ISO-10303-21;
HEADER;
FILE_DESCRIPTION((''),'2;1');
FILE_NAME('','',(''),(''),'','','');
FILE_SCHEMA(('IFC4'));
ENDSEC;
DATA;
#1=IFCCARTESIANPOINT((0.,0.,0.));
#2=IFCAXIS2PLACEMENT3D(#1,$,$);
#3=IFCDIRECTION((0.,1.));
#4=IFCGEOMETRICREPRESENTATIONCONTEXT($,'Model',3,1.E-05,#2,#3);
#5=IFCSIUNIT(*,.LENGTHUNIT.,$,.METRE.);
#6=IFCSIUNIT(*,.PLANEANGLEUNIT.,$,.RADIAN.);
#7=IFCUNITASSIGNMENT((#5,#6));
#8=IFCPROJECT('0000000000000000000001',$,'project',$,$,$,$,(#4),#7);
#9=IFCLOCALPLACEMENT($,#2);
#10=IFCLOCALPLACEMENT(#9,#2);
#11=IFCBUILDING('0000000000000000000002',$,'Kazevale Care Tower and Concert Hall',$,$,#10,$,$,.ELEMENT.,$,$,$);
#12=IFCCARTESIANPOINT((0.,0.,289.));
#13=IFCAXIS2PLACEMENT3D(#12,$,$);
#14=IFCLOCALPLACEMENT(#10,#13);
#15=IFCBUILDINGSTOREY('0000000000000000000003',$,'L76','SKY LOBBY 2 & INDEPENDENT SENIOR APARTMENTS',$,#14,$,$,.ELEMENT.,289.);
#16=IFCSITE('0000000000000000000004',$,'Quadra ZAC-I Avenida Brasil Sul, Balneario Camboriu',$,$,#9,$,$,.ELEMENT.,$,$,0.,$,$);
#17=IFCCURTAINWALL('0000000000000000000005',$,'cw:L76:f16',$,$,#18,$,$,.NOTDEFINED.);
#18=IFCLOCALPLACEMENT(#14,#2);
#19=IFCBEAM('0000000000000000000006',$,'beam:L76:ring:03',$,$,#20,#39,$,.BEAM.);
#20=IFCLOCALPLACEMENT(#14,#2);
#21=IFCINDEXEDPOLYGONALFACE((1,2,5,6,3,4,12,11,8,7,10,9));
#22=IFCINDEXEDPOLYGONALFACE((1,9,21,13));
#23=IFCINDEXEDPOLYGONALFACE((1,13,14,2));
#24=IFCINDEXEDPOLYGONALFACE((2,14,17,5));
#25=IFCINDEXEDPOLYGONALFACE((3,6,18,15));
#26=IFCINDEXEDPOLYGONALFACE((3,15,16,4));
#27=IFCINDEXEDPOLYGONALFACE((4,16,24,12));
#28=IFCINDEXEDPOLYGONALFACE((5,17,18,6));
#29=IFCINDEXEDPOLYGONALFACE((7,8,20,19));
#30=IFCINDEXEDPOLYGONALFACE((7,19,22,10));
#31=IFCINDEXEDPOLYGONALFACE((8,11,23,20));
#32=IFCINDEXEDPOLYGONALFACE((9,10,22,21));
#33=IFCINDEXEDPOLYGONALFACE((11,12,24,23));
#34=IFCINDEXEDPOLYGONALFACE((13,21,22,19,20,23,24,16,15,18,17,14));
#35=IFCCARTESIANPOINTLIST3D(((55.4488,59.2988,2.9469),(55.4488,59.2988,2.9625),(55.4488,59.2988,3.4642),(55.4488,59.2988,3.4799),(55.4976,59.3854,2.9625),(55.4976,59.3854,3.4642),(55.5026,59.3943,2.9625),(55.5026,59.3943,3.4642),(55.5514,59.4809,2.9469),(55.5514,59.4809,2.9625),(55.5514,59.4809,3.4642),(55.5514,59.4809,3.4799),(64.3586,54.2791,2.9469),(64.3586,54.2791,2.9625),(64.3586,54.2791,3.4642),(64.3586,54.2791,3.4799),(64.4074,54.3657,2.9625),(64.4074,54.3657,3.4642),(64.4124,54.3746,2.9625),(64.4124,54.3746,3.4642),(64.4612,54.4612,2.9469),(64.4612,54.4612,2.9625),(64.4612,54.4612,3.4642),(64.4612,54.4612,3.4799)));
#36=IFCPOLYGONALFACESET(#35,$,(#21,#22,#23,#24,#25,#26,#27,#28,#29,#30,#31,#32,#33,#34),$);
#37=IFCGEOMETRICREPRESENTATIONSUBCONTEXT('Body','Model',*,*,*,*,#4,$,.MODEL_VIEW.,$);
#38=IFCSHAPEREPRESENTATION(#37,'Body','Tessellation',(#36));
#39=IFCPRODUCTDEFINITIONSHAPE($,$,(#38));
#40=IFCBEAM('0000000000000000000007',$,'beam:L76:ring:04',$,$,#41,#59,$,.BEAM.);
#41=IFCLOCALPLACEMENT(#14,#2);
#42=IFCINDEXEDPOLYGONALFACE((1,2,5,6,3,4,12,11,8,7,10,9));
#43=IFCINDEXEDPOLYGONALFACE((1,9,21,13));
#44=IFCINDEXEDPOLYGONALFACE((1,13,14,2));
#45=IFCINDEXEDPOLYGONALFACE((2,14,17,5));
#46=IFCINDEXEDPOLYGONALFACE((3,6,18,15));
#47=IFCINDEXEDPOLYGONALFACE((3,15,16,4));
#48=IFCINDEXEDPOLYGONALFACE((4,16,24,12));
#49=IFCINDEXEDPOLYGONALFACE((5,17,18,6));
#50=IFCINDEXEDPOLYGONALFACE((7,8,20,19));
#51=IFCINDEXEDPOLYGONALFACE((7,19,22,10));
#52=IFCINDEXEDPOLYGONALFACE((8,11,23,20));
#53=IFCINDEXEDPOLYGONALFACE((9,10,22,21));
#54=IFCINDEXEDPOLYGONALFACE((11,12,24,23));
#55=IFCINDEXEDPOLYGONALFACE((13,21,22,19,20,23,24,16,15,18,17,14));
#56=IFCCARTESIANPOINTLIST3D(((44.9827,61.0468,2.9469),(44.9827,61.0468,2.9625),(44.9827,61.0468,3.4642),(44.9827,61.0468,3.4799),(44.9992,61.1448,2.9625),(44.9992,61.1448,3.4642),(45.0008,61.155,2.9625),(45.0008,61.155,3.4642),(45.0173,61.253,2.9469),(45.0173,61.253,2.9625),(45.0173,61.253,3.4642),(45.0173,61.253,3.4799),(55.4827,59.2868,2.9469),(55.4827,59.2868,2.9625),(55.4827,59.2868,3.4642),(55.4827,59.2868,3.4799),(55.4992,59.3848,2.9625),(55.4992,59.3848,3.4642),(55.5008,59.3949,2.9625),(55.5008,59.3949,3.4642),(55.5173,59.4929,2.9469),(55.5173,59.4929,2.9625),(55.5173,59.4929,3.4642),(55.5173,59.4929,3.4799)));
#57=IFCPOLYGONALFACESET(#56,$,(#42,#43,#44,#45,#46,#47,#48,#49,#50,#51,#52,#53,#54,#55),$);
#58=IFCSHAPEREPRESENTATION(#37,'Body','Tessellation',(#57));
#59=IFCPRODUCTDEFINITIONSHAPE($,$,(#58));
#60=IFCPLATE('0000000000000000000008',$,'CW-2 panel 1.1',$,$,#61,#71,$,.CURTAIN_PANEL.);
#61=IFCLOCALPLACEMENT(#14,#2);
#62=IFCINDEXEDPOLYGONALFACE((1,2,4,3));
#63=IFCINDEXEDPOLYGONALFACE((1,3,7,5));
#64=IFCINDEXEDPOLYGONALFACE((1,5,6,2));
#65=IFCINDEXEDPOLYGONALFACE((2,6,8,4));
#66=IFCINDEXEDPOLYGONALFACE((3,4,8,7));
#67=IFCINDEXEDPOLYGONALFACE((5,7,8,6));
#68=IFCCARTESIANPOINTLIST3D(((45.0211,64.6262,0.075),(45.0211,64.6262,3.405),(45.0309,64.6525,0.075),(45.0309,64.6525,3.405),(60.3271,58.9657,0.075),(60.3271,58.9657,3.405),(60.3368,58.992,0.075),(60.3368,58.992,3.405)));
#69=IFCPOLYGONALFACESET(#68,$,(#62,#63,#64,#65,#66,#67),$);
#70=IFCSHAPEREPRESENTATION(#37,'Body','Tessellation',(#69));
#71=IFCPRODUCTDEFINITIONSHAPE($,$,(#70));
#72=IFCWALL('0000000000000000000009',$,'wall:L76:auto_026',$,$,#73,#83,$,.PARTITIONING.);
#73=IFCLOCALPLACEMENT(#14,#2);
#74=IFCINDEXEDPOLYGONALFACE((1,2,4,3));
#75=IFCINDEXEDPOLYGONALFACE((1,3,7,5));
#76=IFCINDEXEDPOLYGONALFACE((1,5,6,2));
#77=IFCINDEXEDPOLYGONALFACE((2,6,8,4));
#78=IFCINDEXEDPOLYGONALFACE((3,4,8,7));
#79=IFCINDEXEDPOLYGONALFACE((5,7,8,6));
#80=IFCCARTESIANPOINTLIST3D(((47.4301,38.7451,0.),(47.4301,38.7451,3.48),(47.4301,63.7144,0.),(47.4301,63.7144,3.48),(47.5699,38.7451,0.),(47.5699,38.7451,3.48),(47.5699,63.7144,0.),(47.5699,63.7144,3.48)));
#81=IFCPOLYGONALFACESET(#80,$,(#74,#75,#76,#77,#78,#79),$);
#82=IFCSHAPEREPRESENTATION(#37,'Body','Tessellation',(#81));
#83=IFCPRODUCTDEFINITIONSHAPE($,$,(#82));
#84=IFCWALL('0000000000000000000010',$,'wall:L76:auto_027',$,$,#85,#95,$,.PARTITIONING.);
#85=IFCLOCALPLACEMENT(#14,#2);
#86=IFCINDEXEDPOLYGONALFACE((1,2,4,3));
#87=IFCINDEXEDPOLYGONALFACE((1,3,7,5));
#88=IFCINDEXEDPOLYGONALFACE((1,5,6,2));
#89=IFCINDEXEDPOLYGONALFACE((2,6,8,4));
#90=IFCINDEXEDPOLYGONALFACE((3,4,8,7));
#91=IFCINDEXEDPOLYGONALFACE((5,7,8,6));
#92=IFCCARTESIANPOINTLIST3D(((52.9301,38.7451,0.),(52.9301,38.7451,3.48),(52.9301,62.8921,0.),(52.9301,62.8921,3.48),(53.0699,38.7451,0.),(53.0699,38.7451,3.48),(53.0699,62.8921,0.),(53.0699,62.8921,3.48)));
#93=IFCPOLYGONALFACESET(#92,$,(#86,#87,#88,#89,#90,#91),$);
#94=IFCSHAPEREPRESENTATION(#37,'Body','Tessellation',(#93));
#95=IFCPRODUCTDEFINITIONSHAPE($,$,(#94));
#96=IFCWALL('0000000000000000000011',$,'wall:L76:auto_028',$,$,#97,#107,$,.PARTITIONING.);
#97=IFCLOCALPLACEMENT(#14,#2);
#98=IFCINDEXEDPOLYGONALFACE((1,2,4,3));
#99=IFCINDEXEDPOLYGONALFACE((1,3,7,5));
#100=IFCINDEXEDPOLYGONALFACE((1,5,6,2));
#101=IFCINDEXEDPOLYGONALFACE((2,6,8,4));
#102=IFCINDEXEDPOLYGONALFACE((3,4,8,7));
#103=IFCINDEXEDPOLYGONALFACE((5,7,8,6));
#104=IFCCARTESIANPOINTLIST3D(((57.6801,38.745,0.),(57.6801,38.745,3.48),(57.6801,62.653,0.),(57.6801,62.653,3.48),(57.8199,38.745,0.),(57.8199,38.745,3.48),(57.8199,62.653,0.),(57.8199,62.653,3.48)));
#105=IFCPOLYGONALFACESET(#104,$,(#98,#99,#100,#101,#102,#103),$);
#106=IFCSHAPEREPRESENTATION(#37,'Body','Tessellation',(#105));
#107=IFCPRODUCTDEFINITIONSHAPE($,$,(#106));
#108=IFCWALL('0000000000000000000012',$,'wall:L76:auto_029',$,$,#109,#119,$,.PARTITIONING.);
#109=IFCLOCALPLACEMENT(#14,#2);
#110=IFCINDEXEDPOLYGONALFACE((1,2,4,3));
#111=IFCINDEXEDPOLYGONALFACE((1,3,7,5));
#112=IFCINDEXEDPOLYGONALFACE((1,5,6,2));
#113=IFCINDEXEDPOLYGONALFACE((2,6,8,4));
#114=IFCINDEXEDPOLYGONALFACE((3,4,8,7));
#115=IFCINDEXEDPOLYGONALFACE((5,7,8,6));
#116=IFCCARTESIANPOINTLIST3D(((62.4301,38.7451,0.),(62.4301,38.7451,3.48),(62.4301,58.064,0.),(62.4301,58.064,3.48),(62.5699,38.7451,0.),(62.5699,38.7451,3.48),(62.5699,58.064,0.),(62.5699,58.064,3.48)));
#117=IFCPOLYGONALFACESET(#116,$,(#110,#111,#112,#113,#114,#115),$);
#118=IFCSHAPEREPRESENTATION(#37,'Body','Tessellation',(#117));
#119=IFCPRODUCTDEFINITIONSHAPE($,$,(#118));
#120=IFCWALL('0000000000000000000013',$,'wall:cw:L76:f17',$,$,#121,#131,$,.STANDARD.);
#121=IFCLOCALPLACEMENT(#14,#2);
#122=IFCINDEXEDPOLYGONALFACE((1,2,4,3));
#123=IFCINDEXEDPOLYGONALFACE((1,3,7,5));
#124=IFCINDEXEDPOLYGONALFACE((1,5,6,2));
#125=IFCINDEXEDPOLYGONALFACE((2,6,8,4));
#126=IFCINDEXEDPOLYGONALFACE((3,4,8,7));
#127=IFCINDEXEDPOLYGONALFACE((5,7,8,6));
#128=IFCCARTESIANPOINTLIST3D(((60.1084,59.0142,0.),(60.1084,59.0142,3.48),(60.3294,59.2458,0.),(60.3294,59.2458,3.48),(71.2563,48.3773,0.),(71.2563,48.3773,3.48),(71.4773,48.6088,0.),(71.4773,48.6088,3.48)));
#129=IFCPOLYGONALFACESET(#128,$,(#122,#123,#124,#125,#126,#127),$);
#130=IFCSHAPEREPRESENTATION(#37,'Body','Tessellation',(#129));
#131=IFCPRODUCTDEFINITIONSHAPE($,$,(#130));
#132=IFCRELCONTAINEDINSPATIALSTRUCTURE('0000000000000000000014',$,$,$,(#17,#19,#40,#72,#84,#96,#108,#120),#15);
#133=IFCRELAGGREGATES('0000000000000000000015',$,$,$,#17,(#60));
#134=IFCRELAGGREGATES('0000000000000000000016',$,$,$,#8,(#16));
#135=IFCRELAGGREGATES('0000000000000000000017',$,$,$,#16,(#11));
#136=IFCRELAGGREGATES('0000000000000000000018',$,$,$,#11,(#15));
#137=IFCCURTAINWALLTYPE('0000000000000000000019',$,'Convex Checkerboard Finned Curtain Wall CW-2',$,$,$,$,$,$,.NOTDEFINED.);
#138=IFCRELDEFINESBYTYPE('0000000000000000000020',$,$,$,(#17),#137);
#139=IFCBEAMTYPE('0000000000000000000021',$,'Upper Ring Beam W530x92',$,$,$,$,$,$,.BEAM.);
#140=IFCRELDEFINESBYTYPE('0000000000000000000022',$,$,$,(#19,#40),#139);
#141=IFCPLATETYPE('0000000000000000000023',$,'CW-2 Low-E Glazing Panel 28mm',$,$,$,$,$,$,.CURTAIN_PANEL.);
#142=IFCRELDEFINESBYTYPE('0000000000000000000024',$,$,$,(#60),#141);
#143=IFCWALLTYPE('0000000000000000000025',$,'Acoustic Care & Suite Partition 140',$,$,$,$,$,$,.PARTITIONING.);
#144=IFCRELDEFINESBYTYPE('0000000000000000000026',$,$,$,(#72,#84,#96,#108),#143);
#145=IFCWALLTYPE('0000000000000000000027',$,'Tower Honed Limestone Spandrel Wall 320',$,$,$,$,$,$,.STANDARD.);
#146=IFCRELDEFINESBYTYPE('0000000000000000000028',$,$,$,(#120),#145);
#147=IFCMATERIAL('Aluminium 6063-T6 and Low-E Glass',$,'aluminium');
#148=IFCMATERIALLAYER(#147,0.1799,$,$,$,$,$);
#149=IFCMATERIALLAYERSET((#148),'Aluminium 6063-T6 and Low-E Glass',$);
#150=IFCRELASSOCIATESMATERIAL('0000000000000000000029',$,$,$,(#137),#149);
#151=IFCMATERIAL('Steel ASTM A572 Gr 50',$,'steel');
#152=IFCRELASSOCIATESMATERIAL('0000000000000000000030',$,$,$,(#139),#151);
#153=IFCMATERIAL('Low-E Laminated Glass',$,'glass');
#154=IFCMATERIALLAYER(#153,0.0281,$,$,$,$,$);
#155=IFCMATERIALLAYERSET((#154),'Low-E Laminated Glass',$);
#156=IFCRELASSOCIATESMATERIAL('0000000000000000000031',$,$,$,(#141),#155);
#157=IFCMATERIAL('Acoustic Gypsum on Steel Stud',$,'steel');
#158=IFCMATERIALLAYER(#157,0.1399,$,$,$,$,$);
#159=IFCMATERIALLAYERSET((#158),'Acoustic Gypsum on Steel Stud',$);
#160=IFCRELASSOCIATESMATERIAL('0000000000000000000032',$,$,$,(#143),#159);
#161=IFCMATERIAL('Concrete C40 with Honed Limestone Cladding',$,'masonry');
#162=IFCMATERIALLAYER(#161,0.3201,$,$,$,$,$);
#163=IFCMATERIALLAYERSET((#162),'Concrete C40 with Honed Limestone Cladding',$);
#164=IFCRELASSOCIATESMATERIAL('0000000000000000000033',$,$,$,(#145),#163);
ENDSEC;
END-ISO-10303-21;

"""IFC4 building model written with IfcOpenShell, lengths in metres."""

from ifc_helpers import new_model, si_unit, direction, frame, frame_2d, origin, origin_2d, place, context, subcontext, project, spatial, rectangle, i_section, extrude, material, layer, layer_set, material_profile, profile_set, type_object, element, aggregate, save


model = new_model("IFC4")

# Units and contexts
model_context = context("Model", 3, precision=1e-05, world=origin(), true_north=direction((0.0, 1.0)))
body_context = subcontext(model_context, "Body", "Model", "MODEL_VIEW")
ifc_project = project(units=[si_unit("LENGTHUNIT", "METRE"), si_unit("PLANEANGLEUNIT", "RADIAN")], contexts=[model_context])

# Site, building, storey
site_placement = place(None, origin())
site = spatial("IfcSite", under=ifc_project, at=site_placement, Name="Quadra ZAC-I Avenida Brasil Sul, Balneario Camboriu", CompositionType="ELEMENT", RefElevation=0.0)
building_placement = place(site_placement, origin())
building = spatial("IfcBuilding", under=site, at=building_placement, Name="Kazevale Care Tower and Concert Hall", CompositionType="ELEMENT")
storey_placement = place(building_placement, frame((0.0, 0.0, 289.0)))
storey = spatial("IfcBuildingStorey", under=building, at=storey_placement, Name="L76", Description="SKY LOBBY 2 & INDEPENDENT SENIOR APARTMENTS", CompositionType="ELEMENT", Elevation=289.0)

# Curtain wall
ifc_material_1 = material(Name="Aluminium 6063-T6 and Low-E Glass", Category="aluminium")
ifc_layer_1 = layer(ifc_material_1, 0.1799)
ifc_layer_set_1 = layer_set([ifc_layer_1], Name="Aluminium 6063-T6 and Low-E Glass")
curtain_wall_type_1 = type_object("IfcCurtainWallType", Name="Convex Checkerboard Finned Curtain Wall CW-2", PredefinedType="NOTDEFINED", material=ifc_layer_set_1)
curtain_wall_1_placement = place(storey_placement, origin())
curtain_wall_1 = element("IfcCurtainWall", 1, at=curtain_wall_1_placement, inside=storey, type_object=curtain_wall_type_1, Name="cw:L76:f16", PredefinedType="NOTDEFINED")

# Beams
ifc_material_2 = material(Name="Steel ASTM A572 Gr 50", Category="steel")
ifc_material_profile_1 = material_profile(ifc_material_2, i_section(OverallWidth=0.209, OverallDepth=0.533, WebThickness=0.0103, FlangeThickness=0.0156, at=origin_2d()), Name="W530x92")
ifc_profile_set_1 = profile_set([ifc_material_profile_1], Name="Steel ASTM A572 Gr 50")
beam_type_1 = type_object("IfcBeamType", Name="Upper Ring Beam W530x92", PredefinedType="BEAM", material=ifc_profile_set_1)
beam_1_placement = place(storey_placement, frame((64.4099, 54.3701, 3.2134), z_axis=(-0.871243, 0.490852, 0.0), x_axis=(-0.490852, -0.871243, 0.0)))
element("IfcBeam", 2, at=beam_1_placement, inside=storey, type_object=beam_type_1, Name="beam:L76:ring:03", PredefinedType="BEAM", context=body_context, shape_type="SweptSolid", body=[
    extrude(i_section(OverallWidth=0.209, OverallDepth=0.533, WebThickness=0.0103, FlangeThickness=0.0156, at=origin_2d()), origin(), (0.0, 0.0, 1.0), 10.2266),
])
beam_2_placement = place(storey_placement, frame((55.5, 59.3899, 3.2134), z_axis=(-0.986241, 0.165314, 0.0), x_axis=(-0.165314, -0.986241, 0.0)))
element("IfcBeam", 3, at=beam_2_placement, inside=storey, type_object=beam_type_1, Name="beam:L76:ring:04", PredefinedType="BEAM", context=body_context, shape_type="SweptSolid", body=[
    extrude(i_section(OverallWidth=0.209, OverallDepth=0.533, WebThickness=0.0103, FlangeThickness=0.0156, at=origin_2d()), origin(), (0.0, 0.0, 1.0), 10.6465),
])

# Plate
ifc_material_3 = material(Name="Low-E Laminated Glass", Category="glass")
ifc_layer_2 = layer(ifc_material_3, 0.0281)
ifc_layer_set_2 = layer_set([ifc_layer_2], Name="Low-E Laminated Glass")
plate_type = type_object("IfcPlateType", Name="CW-2 Low-E Glazing Panel 28mm", PredefinedType="CURTAIN_PANEL", material=ifc_layer_set_2)
plate_placement = place(storey_placement, frame((52.679, 61.8091, 0.075), z_axis=(0.0, 0.0, 1.0), x_axis=(0.937916, -0.346864, 0.0)))
plate = element("IfcPlate", 4, at=plate_placement, type_object=plate_type, Name="CW-2 panel 1.1", PredefinedType="CURTAIN_PANEL", context=body_context, shape_type="SweptSolid", body=[
    extrude(rectangle(XDim=16.3191, YDim=0.0281, at=origin_2d()), origin(), (0.0, 0.0, 1.0), 3.3301),
])
aggregate(curtain_wall_1, [plate])

# Walls
ifc_material_4 = material(Name="Acoustic Gypsum on Steel Stud", Category="steel")
ifc_layer_3 = layer(ifc_material_4, 0.1399)
ifc_layer_set_3 = layer_set([ifc_layer_3], Name="Acoustic Gypsum on Steel Stud")
wall_type_1 = type_object("IfcWallType", Name="Acoustic Care & Suite Partition 140", PredefinedType="PARTITIONING", material=ifc_layer_set_3)
wall_1_placement = place(storey_placement, frame((47.5, 63.7144, 0.0), z_axis=(0.0, 0.0, 1.0), x_axis=(0.0, -1.0, 0.0)))
element("IfcWall", 5, at=wall_1_placement, inside=storey, type_object=wall_type_1, Name="wall:L76:auto_026", PredefinedType="PARTITIONING", context=body_context, shape_type="SweptSolid", body=[
    extrude(rectangle(XDim=24.9692, YDim=0.1399, at=frame_2d((12.4846, 0.0))), origin(), (0.0, 0.0, 1.0), 3.48),
])
wall_2_placement = place(storey_placement, frame((53.0, 62.8921, 0.0), z_axis=(0.0, 0.0, 1.0), x_axis=(0.0, -1.0, 0.0)))
element("IfcWall", 6, at=wall_2_placement, inside=storey, type_object=wall_type_1, Name="wall:L76:auto_027", PredefinedType="PARTITIONING", context=body_context, shape_type="SweptSolid", body=[
    extrude(rectangle(XDim=24.147, YDim=0.1399, at=frame_2d((12.0735, 0.0))), origin(), (0.0, 0.0, 1.0), 3.48),
])
wall_3_placement = place(storey_placement, frame((57.75, 62.6531, 0.0), z_axis=(0.0, 0.0, 1.0), x_axis=(0.0, -1.0, 0.0)))
element("IfcWall", 7, at=wall_3_placement, inside=storey, type_object=wall_type_1, Name="wall:L76:auto_028", PredefinedType="PARTITIONING", context=body_context, shape_type="SweptSolid", body=[
    extrude(rectangle(XDim=23.908, YDim=0.1399, at=frame_2d((11.9541, 0.0))), origin(), (0.0, 0.0, 1.0), 3.48),
])
wall_4_placement = place(storey_placement, frame((62.5, 58.064, 0.0), z_axis=(0.0, 0.0, 1.0), x_axis=(0.0, -1.0, 0.0)))
element("IfcWall", 8, at=wall_4_placement, inside=storey, type_object=wall_type_1, Name="wall:L76:auto_029", PredefinedType="PARTITIONING", context=body_context, shape_type="SweptSolid", body=[
    extrude(rectangle(XDim=19.3188, YDim=0.1399, at=frame_2d((9.6594, 0.0))), origin(), (0.0, 0.0, 1.0), 3.48),
])
ifc_material_5 = material(Name="Concrete C40 with Honed Limestone Cladding", Category="masonry")
ifc_layer_4 = layer(ifc_material_5, 0.3201)
ifc_layer_set_4 = layer_set([ifc_layer_4], Name="Concrete C40 with Honed Limestone Cladding")
wall_type_2 = type_object("IfcWallType", Name="Tower Honed Limestone Spandrel Wall 320", PredefinedType="STANDARD", material=ifc_layer_set_4)
wall_5_placement = place(storey_placement, frame((60.219, 59.1299, 0.0), z_axis=(0.0, 0.0, 1.0), x_axis=(0.723494, -0.690331, 0.0)))
element("IfcWall", 9, at=wall_5_placement, inside=storey, type_object=wall_type_2, Name="wall:cw:L76:f17", PredefinedType="STANDARD", context=body_context, shape_type="SweptSolid", body=[
    extrude(rectangle(XDim=15.4084, YDim=0.3201, at=frame_2d((7.7041, 0.0))), origin(), (0.0, 0.0, 1.0), 3.48),
])

save(model, "model.ifc")
